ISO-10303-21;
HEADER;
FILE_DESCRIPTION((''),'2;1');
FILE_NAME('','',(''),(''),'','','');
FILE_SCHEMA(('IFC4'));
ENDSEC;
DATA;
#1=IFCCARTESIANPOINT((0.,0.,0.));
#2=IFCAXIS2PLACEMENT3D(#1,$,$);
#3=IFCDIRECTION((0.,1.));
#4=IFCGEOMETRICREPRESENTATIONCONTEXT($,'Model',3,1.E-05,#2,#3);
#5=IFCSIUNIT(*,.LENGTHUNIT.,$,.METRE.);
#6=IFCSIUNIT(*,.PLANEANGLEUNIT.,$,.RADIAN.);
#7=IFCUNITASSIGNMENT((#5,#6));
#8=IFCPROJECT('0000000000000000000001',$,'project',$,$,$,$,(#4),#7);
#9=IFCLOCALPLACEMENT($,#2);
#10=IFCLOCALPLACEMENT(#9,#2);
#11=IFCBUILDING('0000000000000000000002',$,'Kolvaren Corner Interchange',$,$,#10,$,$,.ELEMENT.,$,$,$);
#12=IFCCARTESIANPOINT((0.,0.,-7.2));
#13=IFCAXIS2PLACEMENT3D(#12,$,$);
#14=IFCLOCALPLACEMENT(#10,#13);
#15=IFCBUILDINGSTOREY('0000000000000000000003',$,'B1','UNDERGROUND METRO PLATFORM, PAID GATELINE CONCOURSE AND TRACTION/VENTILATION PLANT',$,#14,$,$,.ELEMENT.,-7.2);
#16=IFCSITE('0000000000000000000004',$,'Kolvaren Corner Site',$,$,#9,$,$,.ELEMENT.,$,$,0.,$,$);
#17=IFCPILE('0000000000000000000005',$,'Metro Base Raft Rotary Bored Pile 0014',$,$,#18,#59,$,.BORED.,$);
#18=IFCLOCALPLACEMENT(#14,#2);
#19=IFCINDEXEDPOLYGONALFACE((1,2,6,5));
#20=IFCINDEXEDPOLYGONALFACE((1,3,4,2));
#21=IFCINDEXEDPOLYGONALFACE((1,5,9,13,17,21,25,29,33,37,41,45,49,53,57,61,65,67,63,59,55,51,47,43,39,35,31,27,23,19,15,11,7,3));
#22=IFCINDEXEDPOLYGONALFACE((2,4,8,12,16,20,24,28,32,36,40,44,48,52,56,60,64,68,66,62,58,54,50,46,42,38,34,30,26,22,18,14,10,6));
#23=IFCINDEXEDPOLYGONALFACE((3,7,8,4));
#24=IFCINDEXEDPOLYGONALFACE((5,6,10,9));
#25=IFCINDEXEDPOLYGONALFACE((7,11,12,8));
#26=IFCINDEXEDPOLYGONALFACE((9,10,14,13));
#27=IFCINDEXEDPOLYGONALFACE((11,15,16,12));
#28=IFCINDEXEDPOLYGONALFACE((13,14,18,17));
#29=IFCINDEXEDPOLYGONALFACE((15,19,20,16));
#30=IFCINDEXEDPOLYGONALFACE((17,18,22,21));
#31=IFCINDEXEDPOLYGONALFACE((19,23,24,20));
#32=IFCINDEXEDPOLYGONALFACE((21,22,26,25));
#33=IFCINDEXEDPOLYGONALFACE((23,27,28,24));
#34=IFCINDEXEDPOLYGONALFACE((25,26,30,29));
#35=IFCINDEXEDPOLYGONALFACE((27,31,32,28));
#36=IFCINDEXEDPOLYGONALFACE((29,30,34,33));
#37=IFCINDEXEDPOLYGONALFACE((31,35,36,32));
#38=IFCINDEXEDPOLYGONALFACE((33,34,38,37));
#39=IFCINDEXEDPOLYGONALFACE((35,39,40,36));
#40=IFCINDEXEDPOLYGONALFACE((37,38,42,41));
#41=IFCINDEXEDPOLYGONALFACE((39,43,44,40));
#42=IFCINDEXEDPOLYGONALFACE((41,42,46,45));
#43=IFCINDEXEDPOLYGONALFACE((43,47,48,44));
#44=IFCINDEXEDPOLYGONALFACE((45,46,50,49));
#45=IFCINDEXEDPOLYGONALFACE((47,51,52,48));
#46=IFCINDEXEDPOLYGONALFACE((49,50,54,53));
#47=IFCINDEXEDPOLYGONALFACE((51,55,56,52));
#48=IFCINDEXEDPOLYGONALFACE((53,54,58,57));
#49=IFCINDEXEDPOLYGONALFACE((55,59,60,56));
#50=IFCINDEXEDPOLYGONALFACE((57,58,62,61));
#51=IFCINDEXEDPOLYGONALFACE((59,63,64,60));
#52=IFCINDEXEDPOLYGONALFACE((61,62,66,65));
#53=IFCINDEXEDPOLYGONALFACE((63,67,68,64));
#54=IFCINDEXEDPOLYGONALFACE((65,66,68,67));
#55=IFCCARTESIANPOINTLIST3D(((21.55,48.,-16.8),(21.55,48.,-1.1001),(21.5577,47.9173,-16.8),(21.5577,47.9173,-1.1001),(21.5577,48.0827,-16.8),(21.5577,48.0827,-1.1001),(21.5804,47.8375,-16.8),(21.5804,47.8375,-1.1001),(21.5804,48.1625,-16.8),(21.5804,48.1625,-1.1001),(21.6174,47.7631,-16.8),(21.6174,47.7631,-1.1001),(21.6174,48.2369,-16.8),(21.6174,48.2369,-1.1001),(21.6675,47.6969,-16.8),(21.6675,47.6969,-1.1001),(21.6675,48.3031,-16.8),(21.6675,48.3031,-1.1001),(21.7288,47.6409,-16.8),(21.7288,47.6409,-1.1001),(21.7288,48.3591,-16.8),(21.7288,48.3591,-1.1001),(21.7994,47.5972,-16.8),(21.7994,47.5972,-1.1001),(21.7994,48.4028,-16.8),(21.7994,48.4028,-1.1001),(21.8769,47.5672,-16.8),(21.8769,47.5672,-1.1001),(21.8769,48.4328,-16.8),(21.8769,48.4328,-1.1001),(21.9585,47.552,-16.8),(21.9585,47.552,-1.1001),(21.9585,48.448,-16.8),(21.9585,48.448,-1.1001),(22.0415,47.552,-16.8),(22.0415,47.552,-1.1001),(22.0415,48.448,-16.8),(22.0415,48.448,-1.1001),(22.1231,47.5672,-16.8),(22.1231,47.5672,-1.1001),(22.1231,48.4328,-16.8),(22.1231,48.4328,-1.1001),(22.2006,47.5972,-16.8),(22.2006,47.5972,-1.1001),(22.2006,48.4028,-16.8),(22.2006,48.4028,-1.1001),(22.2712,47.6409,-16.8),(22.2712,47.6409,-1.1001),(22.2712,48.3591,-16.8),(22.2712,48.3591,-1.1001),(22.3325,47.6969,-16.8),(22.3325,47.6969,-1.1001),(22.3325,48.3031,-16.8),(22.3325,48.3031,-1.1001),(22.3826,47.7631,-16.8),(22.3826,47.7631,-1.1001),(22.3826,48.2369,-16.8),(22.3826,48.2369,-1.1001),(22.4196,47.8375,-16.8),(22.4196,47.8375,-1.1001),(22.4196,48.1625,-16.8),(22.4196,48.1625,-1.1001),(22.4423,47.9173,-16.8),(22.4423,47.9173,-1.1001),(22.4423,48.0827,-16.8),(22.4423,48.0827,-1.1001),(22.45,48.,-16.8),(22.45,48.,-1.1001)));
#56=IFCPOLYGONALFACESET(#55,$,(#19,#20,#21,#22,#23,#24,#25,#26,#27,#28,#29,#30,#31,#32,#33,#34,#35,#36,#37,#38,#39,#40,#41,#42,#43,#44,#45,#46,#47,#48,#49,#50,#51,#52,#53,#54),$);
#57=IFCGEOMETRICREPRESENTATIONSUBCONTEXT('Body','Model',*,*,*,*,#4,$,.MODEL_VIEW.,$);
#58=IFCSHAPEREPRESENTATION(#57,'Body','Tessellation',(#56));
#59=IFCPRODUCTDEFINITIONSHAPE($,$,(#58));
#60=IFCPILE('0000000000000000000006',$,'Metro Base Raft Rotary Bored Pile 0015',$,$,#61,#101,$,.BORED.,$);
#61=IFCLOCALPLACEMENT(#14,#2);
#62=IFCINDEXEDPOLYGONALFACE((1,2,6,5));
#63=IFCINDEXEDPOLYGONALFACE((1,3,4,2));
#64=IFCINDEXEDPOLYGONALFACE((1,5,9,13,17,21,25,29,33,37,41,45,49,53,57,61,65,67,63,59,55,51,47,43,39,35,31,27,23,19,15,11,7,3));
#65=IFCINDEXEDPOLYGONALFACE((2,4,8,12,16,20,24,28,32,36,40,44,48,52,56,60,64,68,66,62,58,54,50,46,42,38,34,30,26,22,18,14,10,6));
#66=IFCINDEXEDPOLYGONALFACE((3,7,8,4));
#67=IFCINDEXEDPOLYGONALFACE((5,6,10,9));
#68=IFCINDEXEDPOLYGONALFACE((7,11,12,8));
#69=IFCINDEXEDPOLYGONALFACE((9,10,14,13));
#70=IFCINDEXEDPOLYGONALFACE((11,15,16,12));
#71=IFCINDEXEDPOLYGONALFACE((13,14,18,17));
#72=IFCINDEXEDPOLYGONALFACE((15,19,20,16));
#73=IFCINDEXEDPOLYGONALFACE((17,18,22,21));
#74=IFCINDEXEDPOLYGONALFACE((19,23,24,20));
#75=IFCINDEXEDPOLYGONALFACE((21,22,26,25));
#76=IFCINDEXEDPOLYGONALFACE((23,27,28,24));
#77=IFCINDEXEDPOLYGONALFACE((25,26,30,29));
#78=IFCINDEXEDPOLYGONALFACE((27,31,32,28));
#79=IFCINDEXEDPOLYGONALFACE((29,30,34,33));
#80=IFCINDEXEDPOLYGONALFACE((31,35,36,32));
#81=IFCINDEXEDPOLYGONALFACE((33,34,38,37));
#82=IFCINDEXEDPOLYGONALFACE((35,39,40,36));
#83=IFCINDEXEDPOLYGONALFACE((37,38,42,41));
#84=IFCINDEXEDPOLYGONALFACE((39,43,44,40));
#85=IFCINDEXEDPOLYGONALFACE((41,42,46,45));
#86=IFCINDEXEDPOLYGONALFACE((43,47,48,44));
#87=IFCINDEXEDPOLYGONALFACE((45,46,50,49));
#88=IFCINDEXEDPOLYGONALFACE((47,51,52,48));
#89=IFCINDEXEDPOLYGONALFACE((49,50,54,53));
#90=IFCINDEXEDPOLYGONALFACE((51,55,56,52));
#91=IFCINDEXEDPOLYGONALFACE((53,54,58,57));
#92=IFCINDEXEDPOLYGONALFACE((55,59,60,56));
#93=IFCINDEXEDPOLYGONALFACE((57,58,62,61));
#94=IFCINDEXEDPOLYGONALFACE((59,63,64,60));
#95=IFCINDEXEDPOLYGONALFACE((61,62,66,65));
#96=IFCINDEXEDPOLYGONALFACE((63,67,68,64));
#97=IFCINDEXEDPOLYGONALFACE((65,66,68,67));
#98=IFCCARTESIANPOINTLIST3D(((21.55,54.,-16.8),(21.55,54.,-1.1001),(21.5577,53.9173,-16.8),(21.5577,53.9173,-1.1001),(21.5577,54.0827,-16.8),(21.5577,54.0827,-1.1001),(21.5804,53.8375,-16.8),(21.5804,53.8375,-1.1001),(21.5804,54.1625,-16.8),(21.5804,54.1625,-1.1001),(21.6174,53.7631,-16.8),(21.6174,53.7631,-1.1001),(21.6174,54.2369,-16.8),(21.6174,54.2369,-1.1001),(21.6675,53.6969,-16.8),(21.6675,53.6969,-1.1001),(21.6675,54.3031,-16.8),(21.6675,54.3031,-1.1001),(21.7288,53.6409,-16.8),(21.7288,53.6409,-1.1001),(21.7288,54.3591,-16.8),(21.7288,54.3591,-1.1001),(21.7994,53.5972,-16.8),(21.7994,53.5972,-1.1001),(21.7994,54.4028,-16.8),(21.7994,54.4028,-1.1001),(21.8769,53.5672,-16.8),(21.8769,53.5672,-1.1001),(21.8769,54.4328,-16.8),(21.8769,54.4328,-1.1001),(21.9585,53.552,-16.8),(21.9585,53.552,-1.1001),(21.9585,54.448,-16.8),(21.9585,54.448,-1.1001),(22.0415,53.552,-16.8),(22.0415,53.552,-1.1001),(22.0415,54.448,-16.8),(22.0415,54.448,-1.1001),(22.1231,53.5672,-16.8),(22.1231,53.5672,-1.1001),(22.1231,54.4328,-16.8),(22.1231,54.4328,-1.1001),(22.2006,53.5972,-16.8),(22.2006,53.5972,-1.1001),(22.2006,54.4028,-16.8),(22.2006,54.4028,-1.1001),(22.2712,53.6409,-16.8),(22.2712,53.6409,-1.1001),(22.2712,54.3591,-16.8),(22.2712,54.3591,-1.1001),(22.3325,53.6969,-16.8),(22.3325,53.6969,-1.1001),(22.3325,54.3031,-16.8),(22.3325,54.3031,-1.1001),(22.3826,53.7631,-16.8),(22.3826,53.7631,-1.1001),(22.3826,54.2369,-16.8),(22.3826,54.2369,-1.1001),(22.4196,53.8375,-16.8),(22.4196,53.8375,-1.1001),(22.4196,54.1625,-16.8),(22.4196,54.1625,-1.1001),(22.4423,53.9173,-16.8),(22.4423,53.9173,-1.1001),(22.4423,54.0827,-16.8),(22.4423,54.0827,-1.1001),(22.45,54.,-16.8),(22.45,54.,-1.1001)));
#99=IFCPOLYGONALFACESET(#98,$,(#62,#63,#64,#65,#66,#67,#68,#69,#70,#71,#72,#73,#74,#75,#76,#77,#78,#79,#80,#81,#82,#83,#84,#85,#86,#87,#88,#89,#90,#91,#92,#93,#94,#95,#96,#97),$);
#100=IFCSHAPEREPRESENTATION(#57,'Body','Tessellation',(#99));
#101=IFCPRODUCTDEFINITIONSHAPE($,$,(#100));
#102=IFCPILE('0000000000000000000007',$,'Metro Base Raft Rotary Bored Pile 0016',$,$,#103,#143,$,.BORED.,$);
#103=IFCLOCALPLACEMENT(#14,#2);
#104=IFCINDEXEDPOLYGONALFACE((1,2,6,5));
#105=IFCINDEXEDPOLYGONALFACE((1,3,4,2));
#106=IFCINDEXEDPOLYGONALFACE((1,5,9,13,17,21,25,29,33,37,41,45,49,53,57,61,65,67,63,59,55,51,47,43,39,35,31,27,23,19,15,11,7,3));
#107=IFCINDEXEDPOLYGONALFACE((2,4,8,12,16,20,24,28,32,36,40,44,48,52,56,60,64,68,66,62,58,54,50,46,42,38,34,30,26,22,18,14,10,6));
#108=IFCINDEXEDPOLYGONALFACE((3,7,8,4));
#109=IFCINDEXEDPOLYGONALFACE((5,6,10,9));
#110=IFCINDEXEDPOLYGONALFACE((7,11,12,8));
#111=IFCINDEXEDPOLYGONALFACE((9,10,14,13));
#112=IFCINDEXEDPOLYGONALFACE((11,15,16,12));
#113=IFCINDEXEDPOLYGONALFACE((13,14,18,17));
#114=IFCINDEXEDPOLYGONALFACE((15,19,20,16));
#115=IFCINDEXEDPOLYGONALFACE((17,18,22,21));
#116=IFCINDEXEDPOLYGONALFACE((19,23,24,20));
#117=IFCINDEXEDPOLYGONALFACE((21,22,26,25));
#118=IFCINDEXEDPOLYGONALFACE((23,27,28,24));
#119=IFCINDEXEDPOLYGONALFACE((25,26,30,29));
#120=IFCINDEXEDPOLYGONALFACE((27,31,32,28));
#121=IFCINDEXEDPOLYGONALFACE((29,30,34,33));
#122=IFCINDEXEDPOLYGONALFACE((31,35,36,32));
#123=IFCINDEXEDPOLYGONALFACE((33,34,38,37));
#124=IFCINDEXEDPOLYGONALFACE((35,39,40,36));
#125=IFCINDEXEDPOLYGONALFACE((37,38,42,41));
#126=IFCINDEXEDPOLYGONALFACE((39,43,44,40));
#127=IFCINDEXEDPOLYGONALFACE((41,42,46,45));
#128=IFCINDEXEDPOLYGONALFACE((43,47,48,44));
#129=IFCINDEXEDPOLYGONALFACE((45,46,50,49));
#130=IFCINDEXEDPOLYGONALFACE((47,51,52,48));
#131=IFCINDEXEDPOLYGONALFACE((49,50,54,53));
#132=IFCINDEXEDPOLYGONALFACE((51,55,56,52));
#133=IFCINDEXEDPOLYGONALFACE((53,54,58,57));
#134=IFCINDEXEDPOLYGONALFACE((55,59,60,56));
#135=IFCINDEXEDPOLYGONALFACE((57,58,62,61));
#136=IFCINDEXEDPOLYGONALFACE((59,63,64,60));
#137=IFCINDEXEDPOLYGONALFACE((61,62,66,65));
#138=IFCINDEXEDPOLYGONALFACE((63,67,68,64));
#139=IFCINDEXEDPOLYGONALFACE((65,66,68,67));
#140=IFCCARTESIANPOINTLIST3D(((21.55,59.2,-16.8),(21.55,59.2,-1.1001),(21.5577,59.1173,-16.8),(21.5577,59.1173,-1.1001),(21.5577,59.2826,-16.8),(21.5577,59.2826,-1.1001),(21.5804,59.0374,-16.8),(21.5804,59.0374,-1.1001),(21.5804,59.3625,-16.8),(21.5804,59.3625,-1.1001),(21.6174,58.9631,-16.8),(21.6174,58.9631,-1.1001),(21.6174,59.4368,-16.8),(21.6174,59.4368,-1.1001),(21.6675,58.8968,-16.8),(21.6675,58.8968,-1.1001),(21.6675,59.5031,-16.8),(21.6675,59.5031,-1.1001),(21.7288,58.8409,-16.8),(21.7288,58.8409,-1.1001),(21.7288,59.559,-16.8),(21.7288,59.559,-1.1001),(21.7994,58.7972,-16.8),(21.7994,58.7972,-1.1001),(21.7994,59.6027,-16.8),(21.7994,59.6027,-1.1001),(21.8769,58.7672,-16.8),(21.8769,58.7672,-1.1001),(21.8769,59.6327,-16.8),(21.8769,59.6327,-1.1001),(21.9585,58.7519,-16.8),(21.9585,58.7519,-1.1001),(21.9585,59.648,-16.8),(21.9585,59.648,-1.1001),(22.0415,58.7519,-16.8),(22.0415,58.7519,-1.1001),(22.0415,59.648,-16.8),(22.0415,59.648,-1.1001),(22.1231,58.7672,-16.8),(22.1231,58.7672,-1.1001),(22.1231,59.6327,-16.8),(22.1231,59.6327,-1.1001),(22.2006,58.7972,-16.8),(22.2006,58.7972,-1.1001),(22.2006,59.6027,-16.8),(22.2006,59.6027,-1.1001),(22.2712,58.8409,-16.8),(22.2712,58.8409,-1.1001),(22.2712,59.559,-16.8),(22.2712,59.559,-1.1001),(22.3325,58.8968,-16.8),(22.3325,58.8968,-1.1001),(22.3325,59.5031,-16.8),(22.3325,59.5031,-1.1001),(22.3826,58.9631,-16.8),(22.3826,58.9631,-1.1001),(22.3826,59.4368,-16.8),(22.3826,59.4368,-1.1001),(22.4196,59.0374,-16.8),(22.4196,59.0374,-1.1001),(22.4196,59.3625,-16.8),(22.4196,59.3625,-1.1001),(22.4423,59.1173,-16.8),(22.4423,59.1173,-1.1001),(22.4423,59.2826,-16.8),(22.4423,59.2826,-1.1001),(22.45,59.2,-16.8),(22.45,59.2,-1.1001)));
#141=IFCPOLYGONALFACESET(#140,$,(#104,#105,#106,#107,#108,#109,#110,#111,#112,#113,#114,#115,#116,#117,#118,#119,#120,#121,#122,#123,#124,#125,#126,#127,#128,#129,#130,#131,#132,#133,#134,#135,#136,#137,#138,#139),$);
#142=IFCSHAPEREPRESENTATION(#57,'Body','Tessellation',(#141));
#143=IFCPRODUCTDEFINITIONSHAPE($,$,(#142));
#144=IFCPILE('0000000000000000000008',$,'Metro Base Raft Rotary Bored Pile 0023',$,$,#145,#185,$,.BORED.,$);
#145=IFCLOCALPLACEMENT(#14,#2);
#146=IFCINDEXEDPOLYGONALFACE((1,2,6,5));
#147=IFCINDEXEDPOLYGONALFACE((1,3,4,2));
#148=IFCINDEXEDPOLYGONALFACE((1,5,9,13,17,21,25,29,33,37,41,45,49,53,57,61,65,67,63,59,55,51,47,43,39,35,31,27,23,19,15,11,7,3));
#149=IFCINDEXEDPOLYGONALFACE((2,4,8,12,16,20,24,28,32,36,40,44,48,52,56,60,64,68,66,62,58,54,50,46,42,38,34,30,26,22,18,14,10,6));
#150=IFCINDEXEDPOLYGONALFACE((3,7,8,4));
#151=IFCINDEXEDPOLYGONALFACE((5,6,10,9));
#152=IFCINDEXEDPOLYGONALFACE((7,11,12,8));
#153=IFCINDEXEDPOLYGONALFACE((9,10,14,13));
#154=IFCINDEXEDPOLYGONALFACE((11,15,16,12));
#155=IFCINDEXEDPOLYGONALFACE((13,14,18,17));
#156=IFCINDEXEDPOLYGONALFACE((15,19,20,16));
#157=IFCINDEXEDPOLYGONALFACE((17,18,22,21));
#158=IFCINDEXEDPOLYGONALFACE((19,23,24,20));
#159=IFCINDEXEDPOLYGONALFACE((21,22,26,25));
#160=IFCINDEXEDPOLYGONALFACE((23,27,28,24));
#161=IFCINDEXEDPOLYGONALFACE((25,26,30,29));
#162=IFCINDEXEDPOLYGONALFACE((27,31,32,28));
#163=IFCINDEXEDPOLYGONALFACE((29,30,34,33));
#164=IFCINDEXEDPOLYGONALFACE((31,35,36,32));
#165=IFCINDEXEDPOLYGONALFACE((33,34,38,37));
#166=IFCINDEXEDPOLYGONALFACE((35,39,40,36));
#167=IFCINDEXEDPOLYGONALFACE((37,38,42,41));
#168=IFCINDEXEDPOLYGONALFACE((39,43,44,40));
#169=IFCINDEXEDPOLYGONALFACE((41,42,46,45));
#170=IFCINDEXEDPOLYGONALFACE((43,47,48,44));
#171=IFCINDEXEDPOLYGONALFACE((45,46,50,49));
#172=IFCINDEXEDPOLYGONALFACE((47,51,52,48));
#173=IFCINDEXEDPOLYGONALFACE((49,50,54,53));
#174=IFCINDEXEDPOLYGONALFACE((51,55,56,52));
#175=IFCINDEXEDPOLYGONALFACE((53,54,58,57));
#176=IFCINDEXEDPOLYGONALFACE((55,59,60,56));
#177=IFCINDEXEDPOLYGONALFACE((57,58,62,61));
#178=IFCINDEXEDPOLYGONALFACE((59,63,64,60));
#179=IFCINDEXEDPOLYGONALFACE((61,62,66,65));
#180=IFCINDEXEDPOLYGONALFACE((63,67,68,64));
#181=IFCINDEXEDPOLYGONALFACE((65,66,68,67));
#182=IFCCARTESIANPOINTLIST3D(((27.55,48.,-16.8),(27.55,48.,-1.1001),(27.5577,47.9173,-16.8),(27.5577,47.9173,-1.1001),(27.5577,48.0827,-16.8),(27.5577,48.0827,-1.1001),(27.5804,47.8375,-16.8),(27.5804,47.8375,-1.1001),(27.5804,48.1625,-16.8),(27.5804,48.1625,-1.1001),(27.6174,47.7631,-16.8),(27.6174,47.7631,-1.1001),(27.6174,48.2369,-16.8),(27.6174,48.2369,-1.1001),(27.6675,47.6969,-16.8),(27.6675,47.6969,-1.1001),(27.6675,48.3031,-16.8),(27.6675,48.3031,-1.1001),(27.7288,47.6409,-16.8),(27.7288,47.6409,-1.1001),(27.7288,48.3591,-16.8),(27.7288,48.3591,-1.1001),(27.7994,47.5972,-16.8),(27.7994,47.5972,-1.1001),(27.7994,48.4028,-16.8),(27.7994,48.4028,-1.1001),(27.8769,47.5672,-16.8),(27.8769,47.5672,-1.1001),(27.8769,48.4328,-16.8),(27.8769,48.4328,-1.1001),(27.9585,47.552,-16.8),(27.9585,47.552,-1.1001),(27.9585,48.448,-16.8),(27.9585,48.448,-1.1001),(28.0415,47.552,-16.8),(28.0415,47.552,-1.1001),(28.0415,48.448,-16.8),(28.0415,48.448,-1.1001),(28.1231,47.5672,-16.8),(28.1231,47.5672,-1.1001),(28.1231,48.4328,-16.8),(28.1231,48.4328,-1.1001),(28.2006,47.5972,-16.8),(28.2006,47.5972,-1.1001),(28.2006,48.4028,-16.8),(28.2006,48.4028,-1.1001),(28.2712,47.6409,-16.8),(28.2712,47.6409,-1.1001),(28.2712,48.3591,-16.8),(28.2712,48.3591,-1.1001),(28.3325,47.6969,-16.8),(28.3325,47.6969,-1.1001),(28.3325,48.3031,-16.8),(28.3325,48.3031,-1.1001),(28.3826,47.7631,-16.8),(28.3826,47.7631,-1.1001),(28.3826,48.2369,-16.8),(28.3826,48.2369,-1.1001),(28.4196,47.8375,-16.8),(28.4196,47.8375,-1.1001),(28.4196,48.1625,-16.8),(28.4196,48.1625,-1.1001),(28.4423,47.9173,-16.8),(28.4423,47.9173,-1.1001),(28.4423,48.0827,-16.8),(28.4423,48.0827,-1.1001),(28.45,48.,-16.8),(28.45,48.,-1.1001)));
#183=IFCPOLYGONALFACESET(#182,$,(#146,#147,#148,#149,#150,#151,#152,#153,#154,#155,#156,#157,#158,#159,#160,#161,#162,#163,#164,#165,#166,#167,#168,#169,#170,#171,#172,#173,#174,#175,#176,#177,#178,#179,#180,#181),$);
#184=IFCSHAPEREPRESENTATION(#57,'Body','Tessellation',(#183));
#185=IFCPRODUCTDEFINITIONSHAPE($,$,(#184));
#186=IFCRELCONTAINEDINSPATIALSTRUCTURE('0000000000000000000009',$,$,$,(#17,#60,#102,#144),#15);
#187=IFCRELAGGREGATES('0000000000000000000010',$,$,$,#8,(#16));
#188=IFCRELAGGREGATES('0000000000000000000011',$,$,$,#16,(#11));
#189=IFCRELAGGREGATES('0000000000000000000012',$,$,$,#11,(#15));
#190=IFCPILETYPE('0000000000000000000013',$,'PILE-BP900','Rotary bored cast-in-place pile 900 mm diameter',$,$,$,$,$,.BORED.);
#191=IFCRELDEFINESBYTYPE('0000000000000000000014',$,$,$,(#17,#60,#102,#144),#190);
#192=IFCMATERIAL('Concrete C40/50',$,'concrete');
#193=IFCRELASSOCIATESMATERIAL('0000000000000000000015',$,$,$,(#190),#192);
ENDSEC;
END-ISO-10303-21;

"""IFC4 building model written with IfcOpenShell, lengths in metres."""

from ifc_helpers import new_model, si_unit, direction, frame, origin, origin_2d, place, context, subcontext, project, spatial, circle, extrude, material, material_profile, profile_set, type_object, element, save


model = new_model("IFC4")

# Units and contexts
model_context = context("Model", 3, precision=1e-05, world=origin(), true_north=direction((0.0, 1.0)))
body_context = subcontext(model_context, "Body", "Model", "MODEL_VIEW")
ifc_project = project(units=[si_unit("LENGTHUNIT", "METRE"), si_unit("PLANEANGLEUNIT", "RADIAN")], contexts=[model_context])

# Site, building, storey
site_placement = place(None, origin())
site = spatial("IfcSite", under=ifc_project, at=site_placement, Name="Kolvaren Corner Site", CompositionType="ELEMENT", RefElevation=0.0)
building_placement = place(site_placement, origin())
building = spatial("IfcBuilding", under=site, at=building_placement, Name="Kolvaren Corner Interchange", CompositionType="ELEMENT")
storey_placement = place(building_placement, frame((0.0, 0.0, -7.2)))
storey = spatial("IfcBuildingStorey", under=building, at=storey_placement, Name="B1", Description="UNDERGROUND METRO PLATFORM, PAID GATELINE CONCOURSE AND TRACTION/VENTILATION PLANT", CompositionType="ELEMENT", Elevation=-7.2)

# Piles
ifc_material_1 = material(Name="Concrete C40/50", Category="concrete")
ifc_material_profile_1 = material_profile(ifc_material_1, circle(Radius=0.45, at=origin_2d()), Name="BORED PILE 900")
ifc_profile_set_1 = profile_set([ifc_material_profile_1], Name="Concrete C40/50")
pile_type = type_object("IfcPileType", Name="PILE-BP900", Description="Rotary bored cast-in-place pile 900 mm diameter", PredefinedType="BORED", material=ifc_profile_set_1)
for number, where, z_axis, x_axis, name in (
    (1, (22.0, 48.0, -1.1001), (0.0, 0.0, -1.0), (1.0, 0.0, 0.0), "Metro Base Raft Rotary Bored Pile 0014"),
    (2, (22.0, 54.0, -1.1001), (0.0, 0.0, -1.0), (1.0, 0.0, 0.0), "Metro Base Raft Rotary Bored Pile 0015"),
    (3, (22.0, 59.2, -1.1001), (0.0, 0.0, -1.0), (1.0, 0.0, 0.0), "Metro Base Raft Rotary Bored Pile 0016"),
    (4, (28.0, 48.0, -1.1001), (0.0, 0.0, -1.0), (1.0, 0.0, 0.0), "Metro Base Raft Rotary Bored Pile 0023"),
):
    element("IfcPile", number, at=place(storey_placement, frame(where, z_axis=z_axis, x_axis=x_axis)), inside=storey, type_object=pile_type, Name=name, PredefinedType="BORED", context=body_context, shape_type="SweptSolid", body=[
        extrude(circle(Radius=0.45, at=origin_2d()), origin(), (0.0, 0.0, 1.0), 15.7),
    ])

save(model, "model.ifc")
